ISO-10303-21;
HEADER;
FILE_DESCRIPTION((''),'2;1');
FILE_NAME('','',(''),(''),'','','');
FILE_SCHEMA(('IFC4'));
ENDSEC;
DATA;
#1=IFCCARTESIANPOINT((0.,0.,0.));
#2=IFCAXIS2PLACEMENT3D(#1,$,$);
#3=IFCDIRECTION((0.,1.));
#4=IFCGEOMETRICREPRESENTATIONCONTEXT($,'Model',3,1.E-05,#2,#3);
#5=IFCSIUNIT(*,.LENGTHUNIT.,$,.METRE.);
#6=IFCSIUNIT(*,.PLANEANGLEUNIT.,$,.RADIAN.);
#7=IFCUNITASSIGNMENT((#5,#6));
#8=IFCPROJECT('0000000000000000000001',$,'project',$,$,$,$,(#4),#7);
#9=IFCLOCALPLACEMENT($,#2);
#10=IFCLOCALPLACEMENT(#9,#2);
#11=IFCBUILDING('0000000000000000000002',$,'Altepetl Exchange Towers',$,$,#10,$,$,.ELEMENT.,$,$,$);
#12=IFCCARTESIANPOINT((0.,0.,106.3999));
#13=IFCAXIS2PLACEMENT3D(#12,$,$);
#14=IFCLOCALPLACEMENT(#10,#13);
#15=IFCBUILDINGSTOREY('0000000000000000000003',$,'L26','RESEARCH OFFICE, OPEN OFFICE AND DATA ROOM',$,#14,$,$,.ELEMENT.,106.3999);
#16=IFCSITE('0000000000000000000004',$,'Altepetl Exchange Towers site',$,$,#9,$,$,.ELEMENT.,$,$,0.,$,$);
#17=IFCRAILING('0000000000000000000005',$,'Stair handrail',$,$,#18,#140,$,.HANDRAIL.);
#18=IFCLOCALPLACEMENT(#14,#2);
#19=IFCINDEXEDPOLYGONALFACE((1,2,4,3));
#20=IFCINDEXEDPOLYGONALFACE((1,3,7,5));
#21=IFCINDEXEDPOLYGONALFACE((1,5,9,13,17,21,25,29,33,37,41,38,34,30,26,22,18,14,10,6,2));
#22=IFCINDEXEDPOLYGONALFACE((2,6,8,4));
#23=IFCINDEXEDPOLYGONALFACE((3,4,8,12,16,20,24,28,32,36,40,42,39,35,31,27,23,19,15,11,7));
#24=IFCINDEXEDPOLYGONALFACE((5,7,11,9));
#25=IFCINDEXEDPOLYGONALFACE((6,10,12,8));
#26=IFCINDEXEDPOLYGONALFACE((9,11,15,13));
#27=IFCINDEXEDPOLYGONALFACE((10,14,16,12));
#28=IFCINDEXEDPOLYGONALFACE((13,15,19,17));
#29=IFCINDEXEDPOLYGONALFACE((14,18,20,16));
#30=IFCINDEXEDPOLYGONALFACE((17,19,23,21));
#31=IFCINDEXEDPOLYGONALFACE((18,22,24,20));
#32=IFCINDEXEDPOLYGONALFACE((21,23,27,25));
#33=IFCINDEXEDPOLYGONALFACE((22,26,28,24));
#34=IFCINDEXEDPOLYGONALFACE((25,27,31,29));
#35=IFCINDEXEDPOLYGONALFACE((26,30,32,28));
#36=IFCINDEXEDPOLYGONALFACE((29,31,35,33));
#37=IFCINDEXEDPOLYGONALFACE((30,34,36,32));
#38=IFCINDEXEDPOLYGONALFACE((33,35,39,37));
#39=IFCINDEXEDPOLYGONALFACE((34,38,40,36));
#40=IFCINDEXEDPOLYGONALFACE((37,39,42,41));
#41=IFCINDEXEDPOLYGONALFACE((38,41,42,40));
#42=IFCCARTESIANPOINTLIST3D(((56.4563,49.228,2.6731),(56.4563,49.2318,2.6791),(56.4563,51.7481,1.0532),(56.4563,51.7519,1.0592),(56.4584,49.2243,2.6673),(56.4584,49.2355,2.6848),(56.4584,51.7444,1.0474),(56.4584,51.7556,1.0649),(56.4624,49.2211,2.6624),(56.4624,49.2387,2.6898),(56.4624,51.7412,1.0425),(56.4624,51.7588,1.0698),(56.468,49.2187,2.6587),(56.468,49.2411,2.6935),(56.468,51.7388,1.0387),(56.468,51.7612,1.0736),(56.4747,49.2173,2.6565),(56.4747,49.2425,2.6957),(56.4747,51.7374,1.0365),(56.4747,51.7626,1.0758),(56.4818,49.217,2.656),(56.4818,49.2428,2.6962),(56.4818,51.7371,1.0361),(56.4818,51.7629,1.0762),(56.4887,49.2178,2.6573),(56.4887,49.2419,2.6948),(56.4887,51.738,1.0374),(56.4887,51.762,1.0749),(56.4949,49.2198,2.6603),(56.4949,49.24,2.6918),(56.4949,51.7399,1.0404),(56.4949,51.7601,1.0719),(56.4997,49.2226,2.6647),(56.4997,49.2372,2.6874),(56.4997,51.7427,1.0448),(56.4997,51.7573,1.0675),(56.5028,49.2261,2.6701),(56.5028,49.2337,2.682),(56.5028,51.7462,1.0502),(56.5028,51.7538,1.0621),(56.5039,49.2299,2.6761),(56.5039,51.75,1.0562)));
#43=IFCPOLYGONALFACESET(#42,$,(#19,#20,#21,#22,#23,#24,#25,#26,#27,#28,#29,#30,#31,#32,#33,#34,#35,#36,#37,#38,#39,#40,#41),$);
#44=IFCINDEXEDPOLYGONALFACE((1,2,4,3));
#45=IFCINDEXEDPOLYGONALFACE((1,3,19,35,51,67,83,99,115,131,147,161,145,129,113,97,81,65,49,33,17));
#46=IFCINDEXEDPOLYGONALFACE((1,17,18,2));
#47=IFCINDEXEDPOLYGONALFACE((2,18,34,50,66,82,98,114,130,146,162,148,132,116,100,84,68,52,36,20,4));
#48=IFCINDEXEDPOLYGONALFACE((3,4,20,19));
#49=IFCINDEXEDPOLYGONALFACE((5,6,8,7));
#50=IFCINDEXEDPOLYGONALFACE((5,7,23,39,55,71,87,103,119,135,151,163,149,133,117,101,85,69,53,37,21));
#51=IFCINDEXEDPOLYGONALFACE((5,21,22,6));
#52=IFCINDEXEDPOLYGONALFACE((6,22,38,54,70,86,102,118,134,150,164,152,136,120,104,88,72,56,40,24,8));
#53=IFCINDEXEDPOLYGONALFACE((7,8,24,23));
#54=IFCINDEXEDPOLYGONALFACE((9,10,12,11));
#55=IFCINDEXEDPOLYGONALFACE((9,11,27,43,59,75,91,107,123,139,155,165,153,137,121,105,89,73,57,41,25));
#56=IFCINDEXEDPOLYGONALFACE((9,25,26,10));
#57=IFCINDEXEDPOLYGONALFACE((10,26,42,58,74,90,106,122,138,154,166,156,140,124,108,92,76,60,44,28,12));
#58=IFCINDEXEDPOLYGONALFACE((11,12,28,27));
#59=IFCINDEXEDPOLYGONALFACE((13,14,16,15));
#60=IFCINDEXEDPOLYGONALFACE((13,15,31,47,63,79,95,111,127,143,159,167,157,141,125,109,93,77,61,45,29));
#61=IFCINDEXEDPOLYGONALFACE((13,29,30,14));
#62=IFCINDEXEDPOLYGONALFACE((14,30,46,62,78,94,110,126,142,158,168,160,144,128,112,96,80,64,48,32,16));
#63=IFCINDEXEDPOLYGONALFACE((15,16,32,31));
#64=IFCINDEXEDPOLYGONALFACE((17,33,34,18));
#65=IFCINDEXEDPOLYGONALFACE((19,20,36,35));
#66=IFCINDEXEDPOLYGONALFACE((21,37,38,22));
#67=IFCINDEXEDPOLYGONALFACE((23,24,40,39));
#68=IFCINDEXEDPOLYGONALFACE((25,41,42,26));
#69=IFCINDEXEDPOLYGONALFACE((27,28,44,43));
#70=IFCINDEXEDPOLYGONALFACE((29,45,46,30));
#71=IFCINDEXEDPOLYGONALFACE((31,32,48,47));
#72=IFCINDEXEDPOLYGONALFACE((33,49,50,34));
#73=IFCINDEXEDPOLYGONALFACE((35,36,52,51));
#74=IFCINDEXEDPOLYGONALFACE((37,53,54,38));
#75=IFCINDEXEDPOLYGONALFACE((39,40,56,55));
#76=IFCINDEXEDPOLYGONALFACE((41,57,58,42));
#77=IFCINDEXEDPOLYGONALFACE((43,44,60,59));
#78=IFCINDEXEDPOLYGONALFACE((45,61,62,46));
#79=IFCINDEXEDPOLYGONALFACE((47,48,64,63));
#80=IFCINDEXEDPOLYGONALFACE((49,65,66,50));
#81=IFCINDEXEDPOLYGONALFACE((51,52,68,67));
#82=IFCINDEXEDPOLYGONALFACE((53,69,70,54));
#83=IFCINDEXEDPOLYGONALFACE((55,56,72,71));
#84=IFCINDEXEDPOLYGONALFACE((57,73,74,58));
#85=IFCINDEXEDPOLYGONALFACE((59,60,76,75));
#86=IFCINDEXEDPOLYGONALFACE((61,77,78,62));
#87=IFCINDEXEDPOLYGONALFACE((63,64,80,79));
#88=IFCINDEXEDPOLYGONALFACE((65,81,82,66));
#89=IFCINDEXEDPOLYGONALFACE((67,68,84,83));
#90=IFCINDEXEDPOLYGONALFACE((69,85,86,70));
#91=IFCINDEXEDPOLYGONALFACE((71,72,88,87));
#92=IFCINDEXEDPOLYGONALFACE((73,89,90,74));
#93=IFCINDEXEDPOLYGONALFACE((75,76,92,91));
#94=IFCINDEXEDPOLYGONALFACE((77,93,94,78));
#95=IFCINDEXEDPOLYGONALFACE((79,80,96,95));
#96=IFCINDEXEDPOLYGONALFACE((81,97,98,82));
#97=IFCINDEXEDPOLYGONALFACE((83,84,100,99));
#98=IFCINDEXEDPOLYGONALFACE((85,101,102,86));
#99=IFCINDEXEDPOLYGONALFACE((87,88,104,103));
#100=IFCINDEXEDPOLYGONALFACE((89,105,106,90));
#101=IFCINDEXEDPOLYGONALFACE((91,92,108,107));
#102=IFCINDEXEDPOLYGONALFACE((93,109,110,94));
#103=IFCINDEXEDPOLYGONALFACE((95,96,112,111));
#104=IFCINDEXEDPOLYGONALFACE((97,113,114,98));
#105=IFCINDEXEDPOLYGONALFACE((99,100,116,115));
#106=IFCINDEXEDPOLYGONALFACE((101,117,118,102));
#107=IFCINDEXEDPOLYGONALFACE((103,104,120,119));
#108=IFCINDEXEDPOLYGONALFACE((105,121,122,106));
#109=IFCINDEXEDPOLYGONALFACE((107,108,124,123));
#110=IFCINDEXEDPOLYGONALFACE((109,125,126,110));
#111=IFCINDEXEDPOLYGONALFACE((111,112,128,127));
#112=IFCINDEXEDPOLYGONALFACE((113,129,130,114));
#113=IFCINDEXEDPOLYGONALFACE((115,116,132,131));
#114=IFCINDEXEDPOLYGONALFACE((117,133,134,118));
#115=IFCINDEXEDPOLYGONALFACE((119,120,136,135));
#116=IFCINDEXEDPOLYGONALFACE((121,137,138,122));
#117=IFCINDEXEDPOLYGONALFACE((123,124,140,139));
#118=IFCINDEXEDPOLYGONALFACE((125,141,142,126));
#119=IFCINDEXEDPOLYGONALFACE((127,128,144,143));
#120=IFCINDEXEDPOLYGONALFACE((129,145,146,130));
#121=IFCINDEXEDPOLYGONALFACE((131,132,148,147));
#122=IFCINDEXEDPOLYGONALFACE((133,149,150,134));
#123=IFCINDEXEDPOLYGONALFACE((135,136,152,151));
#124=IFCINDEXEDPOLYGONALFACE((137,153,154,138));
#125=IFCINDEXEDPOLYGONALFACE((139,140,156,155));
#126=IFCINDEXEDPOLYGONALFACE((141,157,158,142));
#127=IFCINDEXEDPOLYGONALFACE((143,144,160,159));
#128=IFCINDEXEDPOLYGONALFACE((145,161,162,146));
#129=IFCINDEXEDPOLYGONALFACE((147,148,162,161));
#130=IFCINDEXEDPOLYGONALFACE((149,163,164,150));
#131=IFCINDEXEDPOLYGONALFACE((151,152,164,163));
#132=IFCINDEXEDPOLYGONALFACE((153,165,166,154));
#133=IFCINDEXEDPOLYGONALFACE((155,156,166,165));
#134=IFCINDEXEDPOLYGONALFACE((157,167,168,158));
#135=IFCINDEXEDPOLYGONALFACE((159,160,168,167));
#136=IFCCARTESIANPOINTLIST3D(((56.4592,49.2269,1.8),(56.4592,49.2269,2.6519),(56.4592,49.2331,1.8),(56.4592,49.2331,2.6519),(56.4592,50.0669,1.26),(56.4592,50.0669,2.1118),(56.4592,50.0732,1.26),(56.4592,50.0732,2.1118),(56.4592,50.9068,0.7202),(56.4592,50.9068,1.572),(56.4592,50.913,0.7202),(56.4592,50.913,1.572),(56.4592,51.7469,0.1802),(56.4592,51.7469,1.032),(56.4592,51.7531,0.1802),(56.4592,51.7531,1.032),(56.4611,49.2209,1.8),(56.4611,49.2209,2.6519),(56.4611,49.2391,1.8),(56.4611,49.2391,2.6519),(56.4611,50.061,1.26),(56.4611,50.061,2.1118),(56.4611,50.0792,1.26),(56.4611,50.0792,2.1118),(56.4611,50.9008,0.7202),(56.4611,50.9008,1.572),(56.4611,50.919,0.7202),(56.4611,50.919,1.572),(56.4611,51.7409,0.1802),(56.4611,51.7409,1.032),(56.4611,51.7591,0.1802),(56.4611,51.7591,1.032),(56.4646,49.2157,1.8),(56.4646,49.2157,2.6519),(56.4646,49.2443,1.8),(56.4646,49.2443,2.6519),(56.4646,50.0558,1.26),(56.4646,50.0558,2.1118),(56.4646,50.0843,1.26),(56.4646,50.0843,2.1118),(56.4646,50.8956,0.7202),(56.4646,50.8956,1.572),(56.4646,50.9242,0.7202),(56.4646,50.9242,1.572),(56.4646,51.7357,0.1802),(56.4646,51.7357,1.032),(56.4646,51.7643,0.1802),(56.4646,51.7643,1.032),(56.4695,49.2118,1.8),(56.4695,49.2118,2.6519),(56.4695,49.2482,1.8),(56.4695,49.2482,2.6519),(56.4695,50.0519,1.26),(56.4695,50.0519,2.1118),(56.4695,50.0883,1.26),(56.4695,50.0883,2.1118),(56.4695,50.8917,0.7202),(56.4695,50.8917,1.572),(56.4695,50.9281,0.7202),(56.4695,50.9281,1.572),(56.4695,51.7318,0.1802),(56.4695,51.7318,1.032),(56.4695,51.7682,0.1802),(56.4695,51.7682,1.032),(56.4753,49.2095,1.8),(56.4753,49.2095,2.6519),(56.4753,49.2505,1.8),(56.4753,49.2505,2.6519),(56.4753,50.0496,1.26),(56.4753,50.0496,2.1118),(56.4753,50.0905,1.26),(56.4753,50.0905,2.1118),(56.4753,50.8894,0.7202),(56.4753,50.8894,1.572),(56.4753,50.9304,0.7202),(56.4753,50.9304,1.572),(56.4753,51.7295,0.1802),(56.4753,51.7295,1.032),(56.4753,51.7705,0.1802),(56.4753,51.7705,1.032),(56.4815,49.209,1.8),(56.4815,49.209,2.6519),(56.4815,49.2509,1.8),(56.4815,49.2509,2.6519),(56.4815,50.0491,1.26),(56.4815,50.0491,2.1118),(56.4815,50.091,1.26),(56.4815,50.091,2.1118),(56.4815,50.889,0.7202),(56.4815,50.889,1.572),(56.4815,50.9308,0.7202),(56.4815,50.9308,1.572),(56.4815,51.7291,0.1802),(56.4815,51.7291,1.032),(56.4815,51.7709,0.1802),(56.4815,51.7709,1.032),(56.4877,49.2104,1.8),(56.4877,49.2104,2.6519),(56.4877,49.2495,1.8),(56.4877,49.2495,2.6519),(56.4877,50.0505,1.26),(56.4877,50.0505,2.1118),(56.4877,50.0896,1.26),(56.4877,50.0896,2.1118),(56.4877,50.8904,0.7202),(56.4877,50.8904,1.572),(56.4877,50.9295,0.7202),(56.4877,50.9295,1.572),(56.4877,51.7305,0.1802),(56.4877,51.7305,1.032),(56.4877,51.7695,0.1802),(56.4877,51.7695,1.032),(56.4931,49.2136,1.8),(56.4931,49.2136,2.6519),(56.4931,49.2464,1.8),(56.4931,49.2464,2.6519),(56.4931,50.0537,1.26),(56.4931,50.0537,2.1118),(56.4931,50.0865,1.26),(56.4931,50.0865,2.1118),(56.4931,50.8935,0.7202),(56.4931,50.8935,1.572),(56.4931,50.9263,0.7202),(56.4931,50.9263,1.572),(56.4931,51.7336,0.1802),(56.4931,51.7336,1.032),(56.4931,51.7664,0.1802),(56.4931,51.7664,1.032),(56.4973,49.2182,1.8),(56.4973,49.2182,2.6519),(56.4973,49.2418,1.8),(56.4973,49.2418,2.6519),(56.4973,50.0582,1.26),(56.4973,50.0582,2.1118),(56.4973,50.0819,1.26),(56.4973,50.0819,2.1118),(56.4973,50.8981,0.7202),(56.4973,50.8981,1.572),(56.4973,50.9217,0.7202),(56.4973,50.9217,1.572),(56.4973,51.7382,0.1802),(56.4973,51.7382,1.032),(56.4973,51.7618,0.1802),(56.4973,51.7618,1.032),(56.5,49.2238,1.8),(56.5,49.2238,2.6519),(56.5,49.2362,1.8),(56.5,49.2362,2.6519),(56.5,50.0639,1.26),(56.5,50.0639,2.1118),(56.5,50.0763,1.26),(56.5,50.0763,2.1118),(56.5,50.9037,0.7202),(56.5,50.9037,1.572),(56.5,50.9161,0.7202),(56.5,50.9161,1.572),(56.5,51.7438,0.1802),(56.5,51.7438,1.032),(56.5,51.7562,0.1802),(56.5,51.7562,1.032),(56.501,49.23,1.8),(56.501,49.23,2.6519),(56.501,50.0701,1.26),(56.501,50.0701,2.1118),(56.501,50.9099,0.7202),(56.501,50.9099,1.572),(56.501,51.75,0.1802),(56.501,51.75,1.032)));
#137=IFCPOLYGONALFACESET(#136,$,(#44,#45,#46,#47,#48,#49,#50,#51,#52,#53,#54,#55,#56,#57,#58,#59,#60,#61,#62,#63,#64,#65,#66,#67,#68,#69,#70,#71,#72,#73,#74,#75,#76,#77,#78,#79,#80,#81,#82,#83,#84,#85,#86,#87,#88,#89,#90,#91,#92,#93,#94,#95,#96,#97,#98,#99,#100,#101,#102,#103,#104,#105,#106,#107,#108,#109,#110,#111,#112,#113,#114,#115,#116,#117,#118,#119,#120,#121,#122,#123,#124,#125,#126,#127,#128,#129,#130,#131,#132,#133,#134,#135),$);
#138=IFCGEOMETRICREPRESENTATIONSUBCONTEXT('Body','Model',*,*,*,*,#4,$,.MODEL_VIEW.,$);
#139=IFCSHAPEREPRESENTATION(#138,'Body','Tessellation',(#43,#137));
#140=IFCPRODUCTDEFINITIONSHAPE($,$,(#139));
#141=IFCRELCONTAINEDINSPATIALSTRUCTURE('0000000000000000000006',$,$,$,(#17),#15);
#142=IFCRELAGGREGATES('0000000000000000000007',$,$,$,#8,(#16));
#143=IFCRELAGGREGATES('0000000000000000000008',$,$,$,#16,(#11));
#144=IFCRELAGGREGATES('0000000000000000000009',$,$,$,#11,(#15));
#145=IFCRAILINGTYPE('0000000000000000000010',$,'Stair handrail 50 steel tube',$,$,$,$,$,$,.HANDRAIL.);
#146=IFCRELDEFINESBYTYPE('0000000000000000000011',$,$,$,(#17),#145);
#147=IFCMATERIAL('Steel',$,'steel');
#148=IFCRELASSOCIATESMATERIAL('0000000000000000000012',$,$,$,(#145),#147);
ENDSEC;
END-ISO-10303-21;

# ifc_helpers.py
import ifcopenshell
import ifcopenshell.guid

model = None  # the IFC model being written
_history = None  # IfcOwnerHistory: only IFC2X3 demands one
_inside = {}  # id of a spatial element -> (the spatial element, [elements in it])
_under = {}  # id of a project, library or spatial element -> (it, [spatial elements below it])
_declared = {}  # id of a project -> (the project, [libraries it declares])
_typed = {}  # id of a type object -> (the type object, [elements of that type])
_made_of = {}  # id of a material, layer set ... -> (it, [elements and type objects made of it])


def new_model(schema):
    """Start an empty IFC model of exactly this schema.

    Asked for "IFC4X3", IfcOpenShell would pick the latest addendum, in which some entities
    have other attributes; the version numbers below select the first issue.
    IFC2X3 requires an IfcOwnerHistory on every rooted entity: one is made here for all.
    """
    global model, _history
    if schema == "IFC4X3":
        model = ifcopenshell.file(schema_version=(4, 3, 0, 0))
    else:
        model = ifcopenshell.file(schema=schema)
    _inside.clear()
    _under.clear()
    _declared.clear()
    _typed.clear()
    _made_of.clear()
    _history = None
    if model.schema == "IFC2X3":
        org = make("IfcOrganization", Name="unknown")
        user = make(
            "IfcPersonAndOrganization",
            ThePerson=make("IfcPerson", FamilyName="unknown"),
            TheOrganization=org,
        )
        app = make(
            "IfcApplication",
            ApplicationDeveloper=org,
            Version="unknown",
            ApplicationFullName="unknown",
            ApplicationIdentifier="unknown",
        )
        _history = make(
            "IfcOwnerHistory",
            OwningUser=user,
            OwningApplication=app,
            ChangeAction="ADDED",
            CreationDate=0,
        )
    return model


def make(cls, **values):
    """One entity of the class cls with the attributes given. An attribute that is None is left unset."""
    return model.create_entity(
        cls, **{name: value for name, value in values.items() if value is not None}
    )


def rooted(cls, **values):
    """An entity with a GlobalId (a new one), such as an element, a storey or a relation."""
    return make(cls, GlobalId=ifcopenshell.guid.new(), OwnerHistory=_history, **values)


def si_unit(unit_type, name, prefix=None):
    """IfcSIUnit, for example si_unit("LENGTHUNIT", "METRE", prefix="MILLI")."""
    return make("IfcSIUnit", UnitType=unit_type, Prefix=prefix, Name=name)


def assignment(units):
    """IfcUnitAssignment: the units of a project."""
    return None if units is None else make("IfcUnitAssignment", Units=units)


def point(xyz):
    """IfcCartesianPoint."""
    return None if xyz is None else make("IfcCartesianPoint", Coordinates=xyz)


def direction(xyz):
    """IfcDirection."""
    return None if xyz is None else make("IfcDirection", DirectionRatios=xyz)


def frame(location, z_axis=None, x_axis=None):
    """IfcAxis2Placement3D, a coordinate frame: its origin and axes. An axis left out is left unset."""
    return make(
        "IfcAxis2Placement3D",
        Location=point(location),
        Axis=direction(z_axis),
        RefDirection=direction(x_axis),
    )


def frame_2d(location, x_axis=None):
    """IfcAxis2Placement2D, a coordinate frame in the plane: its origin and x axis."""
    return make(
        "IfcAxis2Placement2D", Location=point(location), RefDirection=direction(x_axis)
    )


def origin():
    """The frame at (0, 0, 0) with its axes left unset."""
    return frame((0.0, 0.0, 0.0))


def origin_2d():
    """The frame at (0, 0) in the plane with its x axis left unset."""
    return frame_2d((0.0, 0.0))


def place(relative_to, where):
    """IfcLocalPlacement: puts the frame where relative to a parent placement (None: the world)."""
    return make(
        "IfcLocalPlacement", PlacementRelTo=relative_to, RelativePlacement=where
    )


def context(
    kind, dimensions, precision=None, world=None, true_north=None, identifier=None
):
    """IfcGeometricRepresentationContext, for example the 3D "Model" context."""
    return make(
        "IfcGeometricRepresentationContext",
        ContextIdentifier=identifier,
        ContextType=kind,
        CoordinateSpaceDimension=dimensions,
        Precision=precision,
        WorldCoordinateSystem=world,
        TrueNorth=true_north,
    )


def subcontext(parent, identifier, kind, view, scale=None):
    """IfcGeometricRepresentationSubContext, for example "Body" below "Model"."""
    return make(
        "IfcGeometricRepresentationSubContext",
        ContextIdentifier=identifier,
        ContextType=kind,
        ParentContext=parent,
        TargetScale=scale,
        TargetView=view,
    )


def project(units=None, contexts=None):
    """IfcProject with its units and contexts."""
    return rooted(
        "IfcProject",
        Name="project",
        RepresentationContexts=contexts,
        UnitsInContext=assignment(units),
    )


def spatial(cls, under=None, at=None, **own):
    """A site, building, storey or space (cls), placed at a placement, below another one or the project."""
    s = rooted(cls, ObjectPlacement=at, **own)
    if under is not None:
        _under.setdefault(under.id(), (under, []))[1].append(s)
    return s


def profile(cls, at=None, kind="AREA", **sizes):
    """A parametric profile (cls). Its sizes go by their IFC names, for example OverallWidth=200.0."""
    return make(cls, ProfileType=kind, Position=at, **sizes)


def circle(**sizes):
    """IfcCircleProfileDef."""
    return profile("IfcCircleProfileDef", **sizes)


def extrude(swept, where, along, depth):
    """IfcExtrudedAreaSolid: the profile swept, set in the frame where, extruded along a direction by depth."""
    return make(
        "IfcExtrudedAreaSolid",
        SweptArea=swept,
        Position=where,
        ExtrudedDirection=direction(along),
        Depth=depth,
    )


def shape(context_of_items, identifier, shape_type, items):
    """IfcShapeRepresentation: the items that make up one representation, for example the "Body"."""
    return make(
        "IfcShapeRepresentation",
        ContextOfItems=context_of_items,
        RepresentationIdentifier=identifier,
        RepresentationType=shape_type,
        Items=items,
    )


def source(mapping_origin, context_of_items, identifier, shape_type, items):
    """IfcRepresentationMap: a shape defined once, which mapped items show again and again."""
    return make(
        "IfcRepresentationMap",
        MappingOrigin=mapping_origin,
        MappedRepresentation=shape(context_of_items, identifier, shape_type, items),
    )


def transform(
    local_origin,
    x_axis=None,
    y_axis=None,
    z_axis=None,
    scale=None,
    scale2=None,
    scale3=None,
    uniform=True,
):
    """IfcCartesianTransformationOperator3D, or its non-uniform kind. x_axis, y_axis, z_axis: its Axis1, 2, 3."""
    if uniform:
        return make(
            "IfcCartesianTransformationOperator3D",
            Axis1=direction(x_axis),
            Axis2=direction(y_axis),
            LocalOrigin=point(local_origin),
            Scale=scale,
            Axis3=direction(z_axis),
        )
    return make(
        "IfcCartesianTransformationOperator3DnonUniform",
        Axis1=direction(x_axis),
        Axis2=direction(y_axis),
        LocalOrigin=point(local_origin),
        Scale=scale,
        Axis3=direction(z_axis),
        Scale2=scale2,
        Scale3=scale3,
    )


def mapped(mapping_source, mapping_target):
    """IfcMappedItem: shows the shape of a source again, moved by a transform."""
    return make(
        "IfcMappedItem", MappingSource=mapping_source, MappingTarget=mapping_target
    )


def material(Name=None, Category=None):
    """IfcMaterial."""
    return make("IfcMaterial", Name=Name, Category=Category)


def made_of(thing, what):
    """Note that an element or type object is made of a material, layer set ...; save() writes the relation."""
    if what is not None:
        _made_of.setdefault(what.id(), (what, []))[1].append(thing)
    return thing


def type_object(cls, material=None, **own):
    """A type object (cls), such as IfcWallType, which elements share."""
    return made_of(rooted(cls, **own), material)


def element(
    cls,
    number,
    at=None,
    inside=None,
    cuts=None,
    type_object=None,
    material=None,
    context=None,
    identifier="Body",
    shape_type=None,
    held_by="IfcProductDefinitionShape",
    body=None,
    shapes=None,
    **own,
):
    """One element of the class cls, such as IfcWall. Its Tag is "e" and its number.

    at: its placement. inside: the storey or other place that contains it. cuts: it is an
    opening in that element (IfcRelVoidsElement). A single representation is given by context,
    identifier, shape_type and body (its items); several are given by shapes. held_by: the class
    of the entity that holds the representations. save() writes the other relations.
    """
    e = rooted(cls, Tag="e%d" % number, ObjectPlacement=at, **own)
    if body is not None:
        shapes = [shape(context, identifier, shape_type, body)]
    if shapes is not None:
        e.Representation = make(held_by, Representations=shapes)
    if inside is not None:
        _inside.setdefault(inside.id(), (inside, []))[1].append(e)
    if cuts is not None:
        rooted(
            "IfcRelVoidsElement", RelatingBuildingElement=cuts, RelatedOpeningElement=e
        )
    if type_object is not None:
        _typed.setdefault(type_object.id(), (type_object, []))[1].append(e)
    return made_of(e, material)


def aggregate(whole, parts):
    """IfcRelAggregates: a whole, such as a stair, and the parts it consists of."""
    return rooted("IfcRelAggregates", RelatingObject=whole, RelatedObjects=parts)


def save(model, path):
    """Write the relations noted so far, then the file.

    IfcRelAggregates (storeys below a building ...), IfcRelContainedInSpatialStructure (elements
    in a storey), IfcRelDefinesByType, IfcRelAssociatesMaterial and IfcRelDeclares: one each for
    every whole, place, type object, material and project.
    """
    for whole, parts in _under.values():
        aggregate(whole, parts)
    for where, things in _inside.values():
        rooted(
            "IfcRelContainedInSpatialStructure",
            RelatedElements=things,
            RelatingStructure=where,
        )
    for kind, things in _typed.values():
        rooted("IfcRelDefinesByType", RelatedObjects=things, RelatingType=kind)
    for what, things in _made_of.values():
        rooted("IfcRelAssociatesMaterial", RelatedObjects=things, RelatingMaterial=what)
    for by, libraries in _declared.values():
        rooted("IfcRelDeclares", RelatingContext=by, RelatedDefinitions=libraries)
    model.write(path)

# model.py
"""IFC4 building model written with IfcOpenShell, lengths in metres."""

from ifc_helpers import new_model, si_unit, direction, frame, origin, origin_2d, place, context, subcontext, project, spatial, circle, extrude, source, transform, mapped, material, type_object, element, save


model = new_model("IFC4")

# Units and contexts
model_context = context("Model", 3, precision=1e-05, world=origin(), true_north=direction((0.0, 1.0)))
body_context = subcontext(model_context, "Body", "Model", "MODEL_VIEW")
ifc_project = project(units=[si_unit("LENGTHUNIT", "METRE"), si_unit("PLANEANGLEUNIT", "RADIAN")], contexts=[model_context])

# Site, building, storey
site_placement = place(None, origin())
site = spatial("IfcSite", under=ifc_project, at=site_placement, Name="Altepetl Exchange Towers site", CompositionType="ELEMENT", RefElevation=0.0)
building_placement = place(site_placement, origin())
building = spatial("IfcBuilding", under=site, at=building_placement, Name="Altepetl Exchange Towers", CompositionType="ELEMENT")
storey_placement = place(building_placement, frame((0.0, 0.0, 106.3999)))
storey = spatial("IfcBuildingStorey", under=building, at=storey_placement, Name="L26", Description="RESEARCH OFFICE, OPEN OFFICE AND DATA ROOM", CompositionType="ELEMENT", Elevation=106.3999)

# Railing
ifc_material_1 = material(Name="Steel", Category="steel")
railing_type = type_object("IfcRailingType", Name="Stair handrail 50 steel tube", PredefinedType="HANDRAIL", material=ifc_material_1)
shared_shape = source(origin(), body_context, "Body", "SweptSolid", [
    extrude(circle(Radius=0.021, at=origin_2d()), origin(), (0.0, 0.0, 1.0), 0.8518),
])
railing_placement = place(storey_placement, frame((56.48, 51.75, 0.1802)))
element("IfcRailing", 1, at=railing_placement, inside=storey, type_object=railing_type, Name="Stair handrail", PredefinedType="HANDRAIL", context=body_context, shape_type="SweptSolid", body=[
    extrude(circle(Radius=0.0239, at=origin_2d()), frame((0.0, 0.0, 0.876), z_axis=(0.0, -0.8412, 0.540725), x_axis=(1.0, 0.0, 0.0)), (0.0, 0.0, 1.0), 2.9958),
    mapped(shared_shape, transform((0.0, 0.0, 0.0))),
    mapped(shared_shape, transform((0.0, -0.8401, 0.54))),
    mapped(shared_shape, transform((0.0, -1.6799, 1.0798))),
    mapped(shared_shape, transform((0.0, -2.52, 1.6199))),
])

save(model, "model.ifc")
